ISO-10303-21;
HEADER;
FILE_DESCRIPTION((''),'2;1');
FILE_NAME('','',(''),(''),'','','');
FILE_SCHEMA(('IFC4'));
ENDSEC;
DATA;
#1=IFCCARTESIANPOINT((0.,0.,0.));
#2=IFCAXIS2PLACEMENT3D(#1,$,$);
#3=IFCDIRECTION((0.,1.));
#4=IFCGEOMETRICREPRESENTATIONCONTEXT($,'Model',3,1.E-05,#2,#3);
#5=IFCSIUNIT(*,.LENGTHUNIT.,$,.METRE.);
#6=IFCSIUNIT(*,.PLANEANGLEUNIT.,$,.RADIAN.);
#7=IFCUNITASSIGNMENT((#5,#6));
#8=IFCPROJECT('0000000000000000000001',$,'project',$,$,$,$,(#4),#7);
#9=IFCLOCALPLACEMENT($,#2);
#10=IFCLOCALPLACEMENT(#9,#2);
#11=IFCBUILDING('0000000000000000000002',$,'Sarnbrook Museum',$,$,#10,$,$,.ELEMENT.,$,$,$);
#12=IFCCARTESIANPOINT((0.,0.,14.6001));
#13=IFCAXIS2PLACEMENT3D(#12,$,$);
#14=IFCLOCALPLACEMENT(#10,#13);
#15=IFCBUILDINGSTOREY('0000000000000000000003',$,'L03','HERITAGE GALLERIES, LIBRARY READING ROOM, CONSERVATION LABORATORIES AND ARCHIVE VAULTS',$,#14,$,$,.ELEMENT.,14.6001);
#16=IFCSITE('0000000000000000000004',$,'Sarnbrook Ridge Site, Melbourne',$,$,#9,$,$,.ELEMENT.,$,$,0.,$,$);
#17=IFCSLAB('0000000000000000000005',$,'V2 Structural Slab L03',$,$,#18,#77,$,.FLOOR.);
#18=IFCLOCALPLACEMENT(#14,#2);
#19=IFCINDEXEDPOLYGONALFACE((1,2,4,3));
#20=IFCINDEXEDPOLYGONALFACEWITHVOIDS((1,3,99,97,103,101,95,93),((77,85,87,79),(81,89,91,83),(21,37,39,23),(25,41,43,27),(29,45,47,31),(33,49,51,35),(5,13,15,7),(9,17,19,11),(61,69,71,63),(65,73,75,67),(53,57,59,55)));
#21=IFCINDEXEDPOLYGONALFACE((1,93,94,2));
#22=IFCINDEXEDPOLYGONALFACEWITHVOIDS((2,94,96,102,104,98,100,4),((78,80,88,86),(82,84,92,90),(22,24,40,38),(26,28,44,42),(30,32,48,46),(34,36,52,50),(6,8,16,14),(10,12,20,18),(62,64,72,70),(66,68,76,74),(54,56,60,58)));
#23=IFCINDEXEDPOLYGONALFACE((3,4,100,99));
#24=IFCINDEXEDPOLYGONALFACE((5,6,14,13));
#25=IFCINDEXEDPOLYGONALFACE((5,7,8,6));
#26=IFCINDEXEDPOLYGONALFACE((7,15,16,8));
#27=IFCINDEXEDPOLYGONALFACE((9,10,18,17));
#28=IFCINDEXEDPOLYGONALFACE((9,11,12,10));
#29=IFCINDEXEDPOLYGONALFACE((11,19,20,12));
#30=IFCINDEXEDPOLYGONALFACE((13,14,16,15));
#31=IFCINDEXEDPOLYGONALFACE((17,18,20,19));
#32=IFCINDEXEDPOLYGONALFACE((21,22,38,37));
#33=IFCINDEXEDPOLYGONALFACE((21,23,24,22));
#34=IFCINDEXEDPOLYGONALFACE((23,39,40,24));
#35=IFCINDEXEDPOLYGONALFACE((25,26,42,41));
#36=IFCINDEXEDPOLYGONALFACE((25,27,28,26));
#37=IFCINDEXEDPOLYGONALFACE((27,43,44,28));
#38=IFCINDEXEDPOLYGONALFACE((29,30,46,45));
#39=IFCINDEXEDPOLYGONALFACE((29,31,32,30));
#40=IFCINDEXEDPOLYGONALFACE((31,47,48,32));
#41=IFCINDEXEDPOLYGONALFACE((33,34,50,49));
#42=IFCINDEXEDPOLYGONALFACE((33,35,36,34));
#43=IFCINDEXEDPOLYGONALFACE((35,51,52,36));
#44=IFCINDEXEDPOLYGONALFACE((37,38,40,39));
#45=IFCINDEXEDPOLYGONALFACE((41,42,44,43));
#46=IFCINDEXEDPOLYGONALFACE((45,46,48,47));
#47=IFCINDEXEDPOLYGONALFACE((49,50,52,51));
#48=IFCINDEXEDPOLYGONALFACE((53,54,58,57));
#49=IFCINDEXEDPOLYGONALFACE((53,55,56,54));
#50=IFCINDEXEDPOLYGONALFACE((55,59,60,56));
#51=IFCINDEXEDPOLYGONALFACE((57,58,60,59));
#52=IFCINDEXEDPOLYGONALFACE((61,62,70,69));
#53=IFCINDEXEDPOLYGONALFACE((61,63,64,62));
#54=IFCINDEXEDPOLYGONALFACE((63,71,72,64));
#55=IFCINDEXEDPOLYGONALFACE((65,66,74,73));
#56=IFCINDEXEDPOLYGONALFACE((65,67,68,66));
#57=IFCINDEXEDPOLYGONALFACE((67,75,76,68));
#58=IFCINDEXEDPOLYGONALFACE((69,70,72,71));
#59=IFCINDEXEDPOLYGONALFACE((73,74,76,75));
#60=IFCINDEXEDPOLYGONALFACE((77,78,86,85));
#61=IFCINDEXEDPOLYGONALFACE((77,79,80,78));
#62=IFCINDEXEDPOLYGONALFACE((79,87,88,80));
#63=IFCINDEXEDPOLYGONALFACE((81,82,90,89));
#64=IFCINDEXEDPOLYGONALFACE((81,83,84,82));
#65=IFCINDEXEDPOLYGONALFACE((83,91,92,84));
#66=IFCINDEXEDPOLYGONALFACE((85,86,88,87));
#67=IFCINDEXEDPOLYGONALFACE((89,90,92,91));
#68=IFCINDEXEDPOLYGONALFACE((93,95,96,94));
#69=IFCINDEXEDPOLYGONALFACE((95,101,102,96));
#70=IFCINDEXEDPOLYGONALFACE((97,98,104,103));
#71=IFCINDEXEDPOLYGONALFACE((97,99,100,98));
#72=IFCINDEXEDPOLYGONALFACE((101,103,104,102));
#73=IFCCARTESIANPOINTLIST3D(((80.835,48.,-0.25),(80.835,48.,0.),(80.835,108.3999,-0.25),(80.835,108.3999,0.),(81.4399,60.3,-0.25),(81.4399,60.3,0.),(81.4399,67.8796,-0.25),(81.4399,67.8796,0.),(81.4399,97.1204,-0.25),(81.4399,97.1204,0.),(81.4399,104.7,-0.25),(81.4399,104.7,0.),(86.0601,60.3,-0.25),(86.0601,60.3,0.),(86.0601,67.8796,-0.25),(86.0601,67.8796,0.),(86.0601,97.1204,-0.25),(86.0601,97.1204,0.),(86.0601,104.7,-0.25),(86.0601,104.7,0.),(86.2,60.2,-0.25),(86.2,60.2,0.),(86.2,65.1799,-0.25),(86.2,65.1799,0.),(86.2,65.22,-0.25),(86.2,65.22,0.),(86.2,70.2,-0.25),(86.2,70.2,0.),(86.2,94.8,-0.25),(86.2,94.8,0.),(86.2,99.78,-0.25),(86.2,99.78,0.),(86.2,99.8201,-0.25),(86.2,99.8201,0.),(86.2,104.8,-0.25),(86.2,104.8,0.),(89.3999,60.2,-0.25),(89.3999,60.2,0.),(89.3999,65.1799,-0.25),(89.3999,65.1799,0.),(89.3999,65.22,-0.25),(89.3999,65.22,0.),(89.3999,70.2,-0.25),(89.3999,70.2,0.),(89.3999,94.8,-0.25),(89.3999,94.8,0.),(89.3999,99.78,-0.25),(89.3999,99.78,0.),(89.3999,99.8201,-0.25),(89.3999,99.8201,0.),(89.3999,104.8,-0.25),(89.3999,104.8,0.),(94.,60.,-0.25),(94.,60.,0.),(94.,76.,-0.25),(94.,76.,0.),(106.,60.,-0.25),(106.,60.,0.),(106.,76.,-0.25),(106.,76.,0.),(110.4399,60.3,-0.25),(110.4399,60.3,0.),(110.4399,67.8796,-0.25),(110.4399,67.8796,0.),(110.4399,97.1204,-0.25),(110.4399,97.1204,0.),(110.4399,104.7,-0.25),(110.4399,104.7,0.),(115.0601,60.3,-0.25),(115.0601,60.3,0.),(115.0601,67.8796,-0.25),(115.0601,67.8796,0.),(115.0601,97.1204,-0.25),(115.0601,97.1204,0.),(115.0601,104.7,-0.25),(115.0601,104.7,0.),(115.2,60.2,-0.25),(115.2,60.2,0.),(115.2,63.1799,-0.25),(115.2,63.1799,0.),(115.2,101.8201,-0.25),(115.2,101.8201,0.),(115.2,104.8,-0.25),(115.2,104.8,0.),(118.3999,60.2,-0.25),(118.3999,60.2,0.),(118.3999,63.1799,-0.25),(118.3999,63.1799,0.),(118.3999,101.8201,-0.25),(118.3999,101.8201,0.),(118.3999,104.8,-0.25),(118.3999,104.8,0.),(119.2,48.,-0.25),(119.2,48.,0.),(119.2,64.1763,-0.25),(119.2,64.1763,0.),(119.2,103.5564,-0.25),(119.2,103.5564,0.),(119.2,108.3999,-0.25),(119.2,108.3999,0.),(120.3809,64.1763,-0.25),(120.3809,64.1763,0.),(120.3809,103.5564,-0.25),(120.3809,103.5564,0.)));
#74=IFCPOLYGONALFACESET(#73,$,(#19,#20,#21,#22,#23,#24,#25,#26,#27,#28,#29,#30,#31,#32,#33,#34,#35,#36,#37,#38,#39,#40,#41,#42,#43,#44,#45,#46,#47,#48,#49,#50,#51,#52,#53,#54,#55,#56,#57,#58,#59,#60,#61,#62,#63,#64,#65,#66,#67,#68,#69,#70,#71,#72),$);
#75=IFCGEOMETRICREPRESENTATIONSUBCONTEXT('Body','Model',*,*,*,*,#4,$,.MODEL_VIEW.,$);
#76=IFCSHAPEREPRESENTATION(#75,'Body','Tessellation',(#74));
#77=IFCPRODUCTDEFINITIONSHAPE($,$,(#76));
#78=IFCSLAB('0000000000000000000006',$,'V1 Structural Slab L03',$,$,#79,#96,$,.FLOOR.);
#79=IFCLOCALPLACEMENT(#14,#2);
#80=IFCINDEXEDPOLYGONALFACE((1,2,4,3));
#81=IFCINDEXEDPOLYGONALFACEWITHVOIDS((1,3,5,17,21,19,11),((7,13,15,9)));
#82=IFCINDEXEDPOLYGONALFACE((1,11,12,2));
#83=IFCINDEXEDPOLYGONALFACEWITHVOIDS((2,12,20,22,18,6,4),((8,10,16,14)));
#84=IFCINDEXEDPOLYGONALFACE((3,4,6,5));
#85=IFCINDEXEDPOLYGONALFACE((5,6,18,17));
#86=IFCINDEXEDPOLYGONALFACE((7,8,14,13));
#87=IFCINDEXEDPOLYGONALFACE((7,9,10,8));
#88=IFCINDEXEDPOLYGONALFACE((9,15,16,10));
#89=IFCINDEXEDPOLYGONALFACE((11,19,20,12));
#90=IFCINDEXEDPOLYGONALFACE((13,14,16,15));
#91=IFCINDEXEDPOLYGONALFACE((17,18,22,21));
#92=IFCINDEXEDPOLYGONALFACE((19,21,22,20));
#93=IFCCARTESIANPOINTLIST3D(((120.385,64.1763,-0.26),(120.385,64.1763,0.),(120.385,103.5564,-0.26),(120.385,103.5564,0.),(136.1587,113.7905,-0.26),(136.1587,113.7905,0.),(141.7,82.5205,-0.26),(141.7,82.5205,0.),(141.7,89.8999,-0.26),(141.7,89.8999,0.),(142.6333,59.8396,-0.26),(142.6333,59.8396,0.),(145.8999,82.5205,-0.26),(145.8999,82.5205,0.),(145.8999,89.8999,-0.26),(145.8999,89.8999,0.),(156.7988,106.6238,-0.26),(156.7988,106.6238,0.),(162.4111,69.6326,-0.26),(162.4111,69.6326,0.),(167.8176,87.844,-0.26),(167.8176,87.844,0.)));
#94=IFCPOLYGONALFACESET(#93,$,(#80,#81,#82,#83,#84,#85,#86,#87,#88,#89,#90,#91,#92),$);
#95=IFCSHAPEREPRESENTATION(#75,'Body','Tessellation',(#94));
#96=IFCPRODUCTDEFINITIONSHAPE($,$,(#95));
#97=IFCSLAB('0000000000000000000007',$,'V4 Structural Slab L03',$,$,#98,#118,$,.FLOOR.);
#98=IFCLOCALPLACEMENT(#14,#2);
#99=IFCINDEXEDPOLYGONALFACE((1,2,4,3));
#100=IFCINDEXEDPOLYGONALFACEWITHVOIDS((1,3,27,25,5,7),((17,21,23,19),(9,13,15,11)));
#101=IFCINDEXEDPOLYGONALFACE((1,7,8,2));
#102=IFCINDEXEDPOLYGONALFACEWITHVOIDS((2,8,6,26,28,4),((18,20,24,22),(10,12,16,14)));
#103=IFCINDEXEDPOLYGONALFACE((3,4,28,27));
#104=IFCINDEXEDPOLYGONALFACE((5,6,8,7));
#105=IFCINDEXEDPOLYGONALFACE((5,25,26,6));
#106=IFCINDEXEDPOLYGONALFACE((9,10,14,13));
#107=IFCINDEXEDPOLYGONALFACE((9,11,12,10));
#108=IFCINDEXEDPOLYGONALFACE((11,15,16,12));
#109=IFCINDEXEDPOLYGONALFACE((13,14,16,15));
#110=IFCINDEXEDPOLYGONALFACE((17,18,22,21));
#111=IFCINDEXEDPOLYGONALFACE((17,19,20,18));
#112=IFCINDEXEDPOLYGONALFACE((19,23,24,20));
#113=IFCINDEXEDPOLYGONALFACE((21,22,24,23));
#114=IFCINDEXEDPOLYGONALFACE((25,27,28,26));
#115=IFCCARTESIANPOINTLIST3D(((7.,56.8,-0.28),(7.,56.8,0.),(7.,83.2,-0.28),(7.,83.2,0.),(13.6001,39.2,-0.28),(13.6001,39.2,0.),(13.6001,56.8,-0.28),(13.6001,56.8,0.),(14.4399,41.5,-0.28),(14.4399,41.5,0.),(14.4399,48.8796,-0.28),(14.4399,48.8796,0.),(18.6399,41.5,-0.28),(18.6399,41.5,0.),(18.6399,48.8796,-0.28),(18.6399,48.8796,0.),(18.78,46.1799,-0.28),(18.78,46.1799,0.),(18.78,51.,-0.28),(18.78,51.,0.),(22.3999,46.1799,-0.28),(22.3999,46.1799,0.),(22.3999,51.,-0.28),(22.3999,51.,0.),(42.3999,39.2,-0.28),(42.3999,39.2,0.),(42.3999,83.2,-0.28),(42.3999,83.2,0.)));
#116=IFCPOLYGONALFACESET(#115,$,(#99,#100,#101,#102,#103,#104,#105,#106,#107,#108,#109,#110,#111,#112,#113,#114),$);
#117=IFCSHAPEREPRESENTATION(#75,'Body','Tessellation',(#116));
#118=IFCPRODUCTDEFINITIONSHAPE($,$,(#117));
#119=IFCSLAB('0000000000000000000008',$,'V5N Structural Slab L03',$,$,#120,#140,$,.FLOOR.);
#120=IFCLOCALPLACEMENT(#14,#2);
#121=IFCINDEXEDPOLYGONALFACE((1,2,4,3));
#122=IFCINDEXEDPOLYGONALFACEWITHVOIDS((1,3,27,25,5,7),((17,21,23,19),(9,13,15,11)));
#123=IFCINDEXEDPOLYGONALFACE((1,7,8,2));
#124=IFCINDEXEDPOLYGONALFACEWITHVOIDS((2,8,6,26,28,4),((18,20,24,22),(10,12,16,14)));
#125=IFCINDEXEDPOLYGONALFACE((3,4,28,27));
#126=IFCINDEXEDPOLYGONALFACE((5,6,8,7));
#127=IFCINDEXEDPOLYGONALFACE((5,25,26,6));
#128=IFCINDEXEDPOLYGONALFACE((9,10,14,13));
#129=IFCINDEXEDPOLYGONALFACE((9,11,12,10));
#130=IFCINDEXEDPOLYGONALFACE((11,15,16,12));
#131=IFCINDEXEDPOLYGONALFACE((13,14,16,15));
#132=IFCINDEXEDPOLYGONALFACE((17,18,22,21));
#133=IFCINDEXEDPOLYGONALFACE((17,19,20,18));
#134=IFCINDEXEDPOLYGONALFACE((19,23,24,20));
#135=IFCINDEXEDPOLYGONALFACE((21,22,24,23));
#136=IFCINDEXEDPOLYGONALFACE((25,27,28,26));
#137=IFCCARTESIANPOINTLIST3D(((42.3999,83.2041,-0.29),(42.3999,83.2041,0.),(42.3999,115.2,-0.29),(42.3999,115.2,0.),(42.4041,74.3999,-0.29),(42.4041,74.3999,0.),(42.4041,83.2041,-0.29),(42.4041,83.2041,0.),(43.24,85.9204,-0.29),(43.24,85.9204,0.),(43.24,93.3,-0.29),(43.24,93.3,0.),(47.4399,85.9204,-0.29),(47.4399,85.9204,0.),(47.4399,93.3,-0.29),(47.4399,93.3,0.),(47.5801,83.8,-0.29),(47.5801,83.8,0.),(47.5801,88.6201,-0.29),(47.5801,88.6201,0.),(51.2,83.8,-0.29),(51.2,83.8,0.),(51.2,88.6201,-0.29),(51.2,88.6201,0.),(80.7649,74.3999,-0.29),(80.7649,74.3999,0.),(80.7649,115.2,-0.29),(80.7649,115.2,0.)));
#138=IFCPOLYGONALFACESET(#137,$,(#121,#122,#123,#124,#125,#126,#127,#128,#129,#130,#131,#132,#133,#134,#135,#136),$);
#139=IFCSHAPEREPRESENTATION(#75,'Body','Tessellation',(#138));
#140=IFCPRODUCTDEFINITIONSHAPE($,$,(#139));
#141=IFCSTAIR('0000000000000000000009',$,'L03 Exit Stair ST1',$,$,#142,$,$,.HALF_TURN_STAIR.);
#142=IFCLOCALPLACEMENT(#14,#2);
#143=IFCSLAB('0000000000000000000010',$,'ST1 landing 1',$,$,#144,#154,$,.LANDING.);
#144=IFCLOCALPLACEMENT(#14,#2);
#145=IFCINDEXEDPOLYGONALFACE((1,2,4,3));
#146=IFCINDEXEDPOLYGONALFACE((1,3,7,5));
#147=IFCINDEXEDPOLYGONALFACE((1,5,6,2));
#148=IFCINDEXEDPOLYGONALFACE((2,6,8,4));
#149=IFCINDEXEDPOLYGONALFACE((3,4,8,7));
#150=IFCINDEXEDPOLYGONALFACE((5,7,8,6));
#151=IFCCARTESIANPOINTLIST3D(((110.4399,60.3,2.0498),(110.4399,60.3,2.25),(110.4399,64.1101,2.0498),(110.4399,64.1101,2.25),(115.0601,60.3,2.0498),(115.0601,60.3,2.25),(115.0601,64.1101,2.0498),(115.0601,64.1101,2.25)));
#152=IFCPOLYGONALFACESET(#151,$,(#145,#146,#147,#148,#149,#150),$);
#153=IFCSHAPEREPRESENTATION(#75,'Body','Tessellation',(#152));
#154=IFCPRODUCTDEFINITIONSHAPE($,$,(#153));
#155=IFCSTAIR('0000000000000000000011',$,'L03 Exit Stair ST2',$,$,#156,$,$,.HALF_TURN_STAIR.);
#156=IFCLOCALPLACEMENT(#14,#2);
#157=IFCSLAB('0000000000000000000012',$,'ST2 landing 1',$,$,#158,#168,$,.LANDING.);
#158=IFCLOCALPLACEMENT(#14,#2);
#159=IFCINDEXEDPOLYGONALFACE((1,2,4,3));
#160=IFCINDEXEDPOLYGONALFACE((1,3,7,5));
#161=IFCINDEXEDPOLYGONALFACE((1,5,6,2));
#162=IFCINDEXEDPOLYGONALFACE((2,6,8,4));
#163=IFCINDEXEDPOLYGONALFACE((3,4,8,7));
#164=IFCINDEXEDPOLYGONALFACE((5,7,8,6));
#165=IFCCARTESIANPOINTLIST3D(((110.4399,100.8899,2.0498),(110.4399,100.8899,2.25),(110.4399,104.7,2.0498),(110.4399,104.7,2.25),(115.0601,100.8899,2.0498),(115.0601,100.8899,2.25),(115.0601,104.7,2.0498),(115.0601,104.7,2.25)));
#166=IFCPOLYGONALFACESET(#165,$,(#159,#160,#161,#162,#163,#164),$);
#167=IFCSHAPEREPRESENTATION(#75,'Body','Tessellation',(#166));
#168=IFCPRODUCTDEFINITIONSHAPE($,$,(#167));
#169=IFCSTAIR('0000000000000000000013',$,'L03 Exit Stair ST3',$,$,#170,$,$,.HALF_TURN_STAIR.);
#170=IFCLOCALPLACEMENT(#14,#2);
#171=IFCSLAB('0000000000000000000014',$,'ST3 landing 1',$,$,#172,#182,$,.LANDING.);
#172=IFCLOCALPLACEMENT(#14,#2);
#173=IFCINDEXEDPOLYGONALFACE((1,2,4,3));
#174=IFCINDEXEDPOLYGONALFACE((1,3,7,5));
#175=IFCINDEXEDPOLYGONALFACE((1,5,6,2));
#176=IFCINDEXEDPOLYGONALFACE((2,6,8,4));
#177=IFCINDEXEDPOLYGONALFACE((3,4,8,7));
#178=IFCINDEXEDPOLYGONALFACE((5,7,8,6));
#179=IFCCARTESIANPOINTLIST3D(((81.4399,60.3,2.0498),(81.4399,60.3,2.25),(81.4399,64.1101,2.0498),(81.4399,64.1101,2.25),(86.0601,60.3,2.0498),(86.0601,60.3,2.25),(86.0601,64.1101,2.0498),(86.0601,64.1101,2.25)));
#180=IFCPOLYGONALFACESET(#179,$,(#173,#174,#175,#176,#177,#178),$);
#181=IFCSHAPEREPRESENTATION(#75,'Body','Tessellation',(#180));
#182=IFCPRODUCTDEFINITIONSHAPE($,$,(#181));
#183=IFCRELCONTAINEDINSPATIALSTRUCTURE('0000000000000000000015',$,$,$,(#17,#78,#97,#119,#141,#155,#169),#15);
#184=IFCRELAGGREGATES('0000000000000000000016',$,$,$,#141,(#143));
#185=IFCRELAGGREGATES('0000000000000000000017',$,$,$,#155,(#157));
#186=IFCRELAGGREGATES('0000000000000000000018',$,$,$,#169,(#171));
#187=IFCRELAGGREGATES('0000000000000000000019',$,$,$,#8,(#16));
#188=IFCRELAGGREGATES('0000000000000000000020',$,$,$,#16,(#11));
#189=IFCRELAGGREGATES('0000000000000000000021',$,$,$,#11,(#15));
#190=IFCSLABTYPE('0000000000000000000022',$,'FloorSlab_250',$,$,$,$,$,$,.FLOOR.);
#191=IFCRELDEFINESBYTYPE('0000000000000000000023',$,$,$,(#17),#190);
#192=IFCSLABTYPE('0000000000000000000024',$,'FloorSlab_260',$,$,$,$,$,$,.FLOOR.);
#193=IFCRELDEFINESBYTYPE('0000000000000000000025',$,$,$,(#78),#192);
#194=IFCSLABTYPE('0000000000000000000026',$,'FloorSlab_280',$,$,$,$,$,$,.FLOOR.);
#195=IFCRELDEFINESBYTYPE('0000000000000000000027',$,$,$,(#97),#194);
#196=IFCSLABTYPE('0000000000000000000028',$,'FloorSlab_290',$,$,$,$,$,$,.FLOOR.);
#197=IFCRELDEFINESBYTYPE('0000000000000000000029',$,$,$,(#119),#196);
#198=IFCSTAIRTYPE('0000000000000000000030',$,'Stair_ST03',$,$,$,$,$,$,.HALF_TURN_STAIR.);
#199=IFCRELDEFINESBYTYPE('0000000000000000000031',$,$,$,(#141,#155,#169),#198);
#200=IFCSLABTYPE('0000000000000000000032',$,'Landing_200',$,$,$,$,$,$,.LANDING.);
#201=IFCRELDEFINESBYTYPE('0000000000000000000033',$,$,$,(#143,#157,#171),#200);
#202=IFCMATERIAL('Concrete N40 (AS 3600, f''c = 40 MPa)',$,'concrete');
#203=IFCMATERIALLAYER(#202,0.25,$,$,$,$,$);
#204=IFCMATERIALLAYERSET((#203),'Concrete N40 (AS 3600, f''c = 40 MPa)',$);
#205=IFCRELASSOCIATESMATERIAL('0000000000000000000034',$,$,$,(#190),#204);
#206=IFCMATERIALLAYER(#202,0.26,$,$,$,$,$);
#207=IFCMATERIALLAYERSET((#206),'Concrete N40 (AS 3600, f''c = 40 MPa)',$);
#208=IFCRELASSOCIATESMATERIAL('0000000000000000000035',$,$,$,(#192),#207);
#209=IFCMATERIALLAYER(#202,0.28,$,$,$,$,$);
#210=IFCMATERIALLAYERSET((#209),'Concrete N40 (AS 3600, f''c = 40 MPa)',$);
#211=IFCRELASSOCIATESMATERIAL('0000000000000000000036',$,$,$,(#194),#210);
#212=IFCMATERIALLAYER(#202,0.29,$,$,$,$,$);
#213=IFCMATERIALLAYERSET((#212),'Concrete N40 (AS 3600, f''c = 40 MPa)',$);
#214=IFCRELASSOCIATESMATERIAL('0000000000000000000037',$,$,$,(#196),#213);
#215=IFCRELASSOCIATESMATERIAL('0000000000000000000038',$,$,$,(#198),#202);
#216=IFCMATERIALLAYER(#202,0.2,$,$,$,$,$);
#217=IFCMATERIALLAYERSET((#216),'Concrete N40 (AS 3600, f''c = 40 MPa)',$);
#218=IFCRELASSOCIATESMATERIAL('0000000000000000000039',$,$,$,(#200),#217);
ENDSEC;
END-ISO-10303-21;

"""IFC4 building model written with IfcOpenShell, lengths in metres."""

from ifc_helpers import new_model, si_unit, direction, frame, origin, place, context, subcontext, project, spatial, polyline, outline, extrude, material, layer, layer_set, type_object, element, aggregate, save


model = new_model("IFC4")

# Units and contexts
model_context = context("Model", 3, precision=1e-05, world=origin(), true_north=direction((0.0, 1.0)))
body_context = subcontext(model_context, "Body", "Model", "MODEL_VIEW")
ifc_project = project(units=[si_unit("LENGTHUNIT", "METRE"), si_unit("PLANEANGLEUNIT", "RADIAN")], contexts=[model_context])

# Site, building, storey
site_placement = place(None, origin())
site = spatial("IfcSite", under=ifc_project, at=site_placement, Name="Sarnbrook Ridge Site, Melbourne", CompositionType="ELEMENT", RefElevation=0.0)
building_placement = place(site_placement, origin())
building = spatial("IfcBuilding", under=site, at=building_placement, Name="Sarnbrook Museum", CompositionType="ELEMENT")
storey_placement = place(building_placement, frame((0.0, 0.0, 14.6001)))
storey = spatial("IfcBuildingStorey", under=building, at=storey_placement, Name="L03", Description="HERITAGE GALLERIES, LIBRARY READING ROOM, CONSERVATION LABORATORIES AND ARCHIVE VAULTS", CompositionType="ELEMENT", Elevation=14.6001)

# Slabs
ifc_material_1 = material(Name="Concrete N40 (AS 3600, f'c = 40 MPa)", Category="concrete")
ifc_layer_1 = layer(ifc_material_1, 0.25)
ifc_layer_set_1 = layer_set([ifc_layer_1], Name="Concrete N40 (AS 3600, f'c = 40 MPa)")
slab_type_1 = type_object("IfcSlabType", Name="FloorSlab_250", PredefinedType="FLOOR", material=ifc_layer_set_1)
slab_1_placement = place(storey_placement, frame((0.0, 0.0, -0.25)))
element("IfcSlab", 1, at=slab_1_placement, inside=storey, type_object=slab_type_1, Name="V2 Structural Slab L03", PredefinedType="FLOOR", context=body_context, shape_type="SweptSolid", body=[
    extrude(outline(polyline([(120.3809, 103.5564), (120.3809, 64.1763), (119.2, 64.1763), (119.2, 48.0), (80.835, 48.0), (80.835, 108.3999), (119.2, 108.3999), (119.2, 103.5564), (120.3809, 103.5564)]), holes=[polyline([(86.2, 65.1799), (89.3999, 65.1799), (89.3999, 60.2), (86.2, 60.2), (86.2, 65.1799)]), polyline([(81.4399, 67.8796), (86.0601, 67.8796), (86.0601, 60.3), (81.4399, 60.3), (81.4399, 67.8796)]), polyline([(86.2, 70.2), (89.3999, 70.2), (89.3999, 65.22), (86.2, 65.22), (86.2, 70.2)]), polyline([(89.3999, 99.78), (89.3999, 94.8), (86.2, 94.8), (86.2, 99.78), (89.3999, 99.78)]), polyline([(86.0601, 104.7), (86.0601, 97.1204), (81.4399, 97.1204), (81.4399, 104.7), (86.0601, 104.7)]), polyline([(86.2, 104.8), (89.3999, 104.8), (89.3999, 99.8201), (86.2, 99.8201), (86.2, 104.8)]), polyline([(118.3999, 63.1799), (118.3999, 60.2), (115.2, 60.2), (115.2, 63.1799), (118.3999, 63.1799)]), polyline([(115.0601, 67.8796), (115.0601, 60.3), (110.4399, 60.3), (110.4399, 67.8796), (115.0601, 67.8796)]), polyline([(94.0, 76.0), (106.0, 76.0), (106.0, 60.0), (94.0, 60.0), (94.0, 76.0)]), polyline([(115.0601, 104.7), (115.0601, 97.1204), (110.4399, 97.1204), (110.4399, 104.7), (115.0601, 104.7)]), polyline([(118.3999, 104.8), (118.3999, 101.8201), (115.2, 101.8201), (115.2, 104.8), (118.3999, 104.8)])]), origin(), (0.0, 0.0, 1.0), 0.25),
])
ifc_layer_2 = layer(ifc_material_1, 0.26)
ifc_layer_set_2 = layer_set([ifc_layer_2], Name="Concrete N40 (AS 3600, f'c = 40 MPa)")
slab_type_2 = type_object("IfcSlabType", Name="FloorSlab_260", PredefinedType="FLOOR", material=ifc_layer_set_2)
slab_2_placement = place(storey_placement, frame((0.0, 0.0, -0.26)))
element("IfcSlab", 2, at=slab_2_placement, inside=storey, type_object=slab_type_2, Name="V1 Structural Slab L03", PredefinedType="FLOOR", context=body_context, shape_type="SweptSolid", body=[
    extrude(outline(polyline([(136.1587, 113.7905), (156.7988, 106.6238), (167.8176, 87.844), (162.4111, 69.6326), (142.6333, 59.8396), (120.385, 64.1763), (120.385, 103.5564), (136.1587, 113.7905)]), holes=[polyline([(145.8999, 82.5205), (141.7, 82.5205), (141.7, 89.8999), (145.8999, 89.8999), (145.8999, 82.5205)])]), origin(), (0.0, 0.0, 1.0), 0.26),
])
ifc_layer_3 = layer(ifc_material_1, 0.28)
ifc_layer_set_3 = layer_set([ifc_layer_3], Name="Concrete N40 (AS 3600, f'c = 40 MPa)")
slab_type_3 = type_object("IfcSlabType", Name="FloorSlab_280", PredefinedType="FLOOR", material=ifc_layer_set_3)
slab_3_placement = place(storey_placement, frame((0.0, 0.0, -0.28)))
element("IfcSlab", 3, at=slab_3_placement, inside=storey, type_object=slab_type_3, Name="V4 Structural Slab L03", PredefinedType="FLOOR", context=body_context, shape_type="SweptSolid", body=[
    extrude(outline(polyline([(7.0, 83.2), (42.3999, 83.2), (42.3999, 39.2), (13.6001, 39.2), (13.6001, 56.8), (7.0, 56.8), (7.0, 83.2)]), holes=[polyline([(18.6399, 41.5), (14.4399, 41.5), (14.4399, 48.8796), (18.6399, 48.8796), (18.6399, 41.5)]), polyline([(22.3999, 46.1799), (18.78, 46.1799), (18.78, 51.0), (22.3999, 51.0), (22.3999, 46.1799)])]), origin(), (0.0, 0.0, 1.0), 0.28),
])
ifc_layer_4 = layer(ifc_material_1, 0.29)
ifc_layer_set_4 = layer_set([ifc_layer_4], Name="Concrete N40 (AS 3600, f'c = 40 MPa)")
slab_type_4 = type_object("IfcSlabType", Name="FloorSlab_290", PredefinedType="FLOOR", material=ifc_layer_set_4)
slab_4_placement = place(storey_placement, frame((0.0, 0.0, -0.29)))
element("IfcSlab", 4, at=slab_4_placement, inside=storey, type_object=slab_type_4, Name="V5N Structural Slab L03", PredefinedType="FLOOR", context=body_context, shape_type="SweptSolid", body=[
    extrude(outline(polyline([(80.7649, 115.2), (80.7649, 74.3999), (42.4041, 74.3999), (42.4041, 83.2041), (42.3999, 83.2041), (42.3999, 115.2), (80.7649, 115.2)]), holes=[polyline([(51.2, 83.8), (47.5801, 83.8), (47.5801, 88.6201), (51.2, 88.6201), (51.2, 83.8)]), polyline([(47.4399, 85.9204), (43.24, 85.9204), (43.24, 93.3), (47.4399, 93.3), (47.4399, 85.9204)])]), origin(), (0.0, 0.0, 1.0), 0.29),
])

# Stairs, slabs
stair_type_1 = type_object("IfcStairType", Name="Stair_ST03", PredefinedType="HALF_TURN_STAIR", material=ifc_material_1)
stair_1_placement = place(storey_placement, origin())
stair_1 = element("IfcStair", 5, at=stair_1_placement, inside=storey, type_object=stair_type_1, Name="L03 Exit Stair ST1", PredefinedType="HALF_TURN_STAIR")
ifc_layer_5 = layer(ifc_material_1, 0.2)
ifc_layer_set_5 = layer_set([ifc_layer_5], Name="Concrete N40 (AS 3600, f'c = 40 MPa)")
slab_type_5 = type_object("IfcSlabType", Name="Landing_200", PredefinedType="LANDING", material=ifc_layer_set_5)
slab_5_placement = place(storey_placement, frame((0.0, 0.0, 2.0498)))
slab_5 = element("IfcSlab", 6, at=slab_5_placement, type_object=slab_type_5, Name="ST1 landing 1", PredefinedType="LANDING", context=body_context, shape_type="SweptSolid", body=[
    extrude(outline(polyline([(110.4399, 64.1101), (110.4399, 60.3), (115.0601, 60.3), (115.0601, 64.1101), (110.4399, 64.1101)])), origin(), (0.0, 0.0, 1.0), 0.2002),
])
aggregate(stair_1, [slab_5])
stair_2_placement = place(storey_placement, origin())
stair_2 = element("IfcStair", 7, at=stair_2_placement, inside=storey, type_object=stair_type_1, Name="L03 Exit Stair ST2", PredefinedType="HALF_TURN_STAIR")
slab_6_placement = place(storey_placement, frame((0.0, 0.0, 2.0498)))
slab_6 = element("IfcSlab", 8, at=slab_6_placement, type_object=slab_type_5, Name="ST2 landing 1", PredefinedType="LANDING", context=body_context, shape_type="SweptSolid", body=[
    extrude(outline(polyline([(115.0601, 100.8899), (115.0601, 104.7), (110.4399, 104.7), (110.4399, 100.8899), (115.0601, 100.8899)])), origin(), (0.0, 0.0, 1.0), 0.2002),
])
aggregate(stair_2, [slab_6])
stair_3_placement = place(storey_placement, origin())
stair_3 = element("IfcStair", 9, at=stair_3_placement, inside=storey, type_object=stair_type_1, Name="L03 Exit Stair ST3", PredefinedType="HALF_TURN_STAIR")
slab_7_placement = place(storey_placement, frame((0.0, 0.0, 2.0498)))
slab_7 = element("IfcSlab", 10, at=slab_7_placement, type_object=slab_type_5, Name="ST3 landing 1", PredefinedType="LANDING", context=body_context, shape_type="SweptSolid", body=[
    extrude(outline(polyline([(81.4399, 64.1101), (81.4399, 60.3), (86.0601, 60.3), (86.0601, 64.1101), (81.4399, 64.1101)])), origin(), (0.0, 0.0, 1.0), 0.2002),
])
aggregate(stair_3, [slab_7])

save(model, "model.ifc")
